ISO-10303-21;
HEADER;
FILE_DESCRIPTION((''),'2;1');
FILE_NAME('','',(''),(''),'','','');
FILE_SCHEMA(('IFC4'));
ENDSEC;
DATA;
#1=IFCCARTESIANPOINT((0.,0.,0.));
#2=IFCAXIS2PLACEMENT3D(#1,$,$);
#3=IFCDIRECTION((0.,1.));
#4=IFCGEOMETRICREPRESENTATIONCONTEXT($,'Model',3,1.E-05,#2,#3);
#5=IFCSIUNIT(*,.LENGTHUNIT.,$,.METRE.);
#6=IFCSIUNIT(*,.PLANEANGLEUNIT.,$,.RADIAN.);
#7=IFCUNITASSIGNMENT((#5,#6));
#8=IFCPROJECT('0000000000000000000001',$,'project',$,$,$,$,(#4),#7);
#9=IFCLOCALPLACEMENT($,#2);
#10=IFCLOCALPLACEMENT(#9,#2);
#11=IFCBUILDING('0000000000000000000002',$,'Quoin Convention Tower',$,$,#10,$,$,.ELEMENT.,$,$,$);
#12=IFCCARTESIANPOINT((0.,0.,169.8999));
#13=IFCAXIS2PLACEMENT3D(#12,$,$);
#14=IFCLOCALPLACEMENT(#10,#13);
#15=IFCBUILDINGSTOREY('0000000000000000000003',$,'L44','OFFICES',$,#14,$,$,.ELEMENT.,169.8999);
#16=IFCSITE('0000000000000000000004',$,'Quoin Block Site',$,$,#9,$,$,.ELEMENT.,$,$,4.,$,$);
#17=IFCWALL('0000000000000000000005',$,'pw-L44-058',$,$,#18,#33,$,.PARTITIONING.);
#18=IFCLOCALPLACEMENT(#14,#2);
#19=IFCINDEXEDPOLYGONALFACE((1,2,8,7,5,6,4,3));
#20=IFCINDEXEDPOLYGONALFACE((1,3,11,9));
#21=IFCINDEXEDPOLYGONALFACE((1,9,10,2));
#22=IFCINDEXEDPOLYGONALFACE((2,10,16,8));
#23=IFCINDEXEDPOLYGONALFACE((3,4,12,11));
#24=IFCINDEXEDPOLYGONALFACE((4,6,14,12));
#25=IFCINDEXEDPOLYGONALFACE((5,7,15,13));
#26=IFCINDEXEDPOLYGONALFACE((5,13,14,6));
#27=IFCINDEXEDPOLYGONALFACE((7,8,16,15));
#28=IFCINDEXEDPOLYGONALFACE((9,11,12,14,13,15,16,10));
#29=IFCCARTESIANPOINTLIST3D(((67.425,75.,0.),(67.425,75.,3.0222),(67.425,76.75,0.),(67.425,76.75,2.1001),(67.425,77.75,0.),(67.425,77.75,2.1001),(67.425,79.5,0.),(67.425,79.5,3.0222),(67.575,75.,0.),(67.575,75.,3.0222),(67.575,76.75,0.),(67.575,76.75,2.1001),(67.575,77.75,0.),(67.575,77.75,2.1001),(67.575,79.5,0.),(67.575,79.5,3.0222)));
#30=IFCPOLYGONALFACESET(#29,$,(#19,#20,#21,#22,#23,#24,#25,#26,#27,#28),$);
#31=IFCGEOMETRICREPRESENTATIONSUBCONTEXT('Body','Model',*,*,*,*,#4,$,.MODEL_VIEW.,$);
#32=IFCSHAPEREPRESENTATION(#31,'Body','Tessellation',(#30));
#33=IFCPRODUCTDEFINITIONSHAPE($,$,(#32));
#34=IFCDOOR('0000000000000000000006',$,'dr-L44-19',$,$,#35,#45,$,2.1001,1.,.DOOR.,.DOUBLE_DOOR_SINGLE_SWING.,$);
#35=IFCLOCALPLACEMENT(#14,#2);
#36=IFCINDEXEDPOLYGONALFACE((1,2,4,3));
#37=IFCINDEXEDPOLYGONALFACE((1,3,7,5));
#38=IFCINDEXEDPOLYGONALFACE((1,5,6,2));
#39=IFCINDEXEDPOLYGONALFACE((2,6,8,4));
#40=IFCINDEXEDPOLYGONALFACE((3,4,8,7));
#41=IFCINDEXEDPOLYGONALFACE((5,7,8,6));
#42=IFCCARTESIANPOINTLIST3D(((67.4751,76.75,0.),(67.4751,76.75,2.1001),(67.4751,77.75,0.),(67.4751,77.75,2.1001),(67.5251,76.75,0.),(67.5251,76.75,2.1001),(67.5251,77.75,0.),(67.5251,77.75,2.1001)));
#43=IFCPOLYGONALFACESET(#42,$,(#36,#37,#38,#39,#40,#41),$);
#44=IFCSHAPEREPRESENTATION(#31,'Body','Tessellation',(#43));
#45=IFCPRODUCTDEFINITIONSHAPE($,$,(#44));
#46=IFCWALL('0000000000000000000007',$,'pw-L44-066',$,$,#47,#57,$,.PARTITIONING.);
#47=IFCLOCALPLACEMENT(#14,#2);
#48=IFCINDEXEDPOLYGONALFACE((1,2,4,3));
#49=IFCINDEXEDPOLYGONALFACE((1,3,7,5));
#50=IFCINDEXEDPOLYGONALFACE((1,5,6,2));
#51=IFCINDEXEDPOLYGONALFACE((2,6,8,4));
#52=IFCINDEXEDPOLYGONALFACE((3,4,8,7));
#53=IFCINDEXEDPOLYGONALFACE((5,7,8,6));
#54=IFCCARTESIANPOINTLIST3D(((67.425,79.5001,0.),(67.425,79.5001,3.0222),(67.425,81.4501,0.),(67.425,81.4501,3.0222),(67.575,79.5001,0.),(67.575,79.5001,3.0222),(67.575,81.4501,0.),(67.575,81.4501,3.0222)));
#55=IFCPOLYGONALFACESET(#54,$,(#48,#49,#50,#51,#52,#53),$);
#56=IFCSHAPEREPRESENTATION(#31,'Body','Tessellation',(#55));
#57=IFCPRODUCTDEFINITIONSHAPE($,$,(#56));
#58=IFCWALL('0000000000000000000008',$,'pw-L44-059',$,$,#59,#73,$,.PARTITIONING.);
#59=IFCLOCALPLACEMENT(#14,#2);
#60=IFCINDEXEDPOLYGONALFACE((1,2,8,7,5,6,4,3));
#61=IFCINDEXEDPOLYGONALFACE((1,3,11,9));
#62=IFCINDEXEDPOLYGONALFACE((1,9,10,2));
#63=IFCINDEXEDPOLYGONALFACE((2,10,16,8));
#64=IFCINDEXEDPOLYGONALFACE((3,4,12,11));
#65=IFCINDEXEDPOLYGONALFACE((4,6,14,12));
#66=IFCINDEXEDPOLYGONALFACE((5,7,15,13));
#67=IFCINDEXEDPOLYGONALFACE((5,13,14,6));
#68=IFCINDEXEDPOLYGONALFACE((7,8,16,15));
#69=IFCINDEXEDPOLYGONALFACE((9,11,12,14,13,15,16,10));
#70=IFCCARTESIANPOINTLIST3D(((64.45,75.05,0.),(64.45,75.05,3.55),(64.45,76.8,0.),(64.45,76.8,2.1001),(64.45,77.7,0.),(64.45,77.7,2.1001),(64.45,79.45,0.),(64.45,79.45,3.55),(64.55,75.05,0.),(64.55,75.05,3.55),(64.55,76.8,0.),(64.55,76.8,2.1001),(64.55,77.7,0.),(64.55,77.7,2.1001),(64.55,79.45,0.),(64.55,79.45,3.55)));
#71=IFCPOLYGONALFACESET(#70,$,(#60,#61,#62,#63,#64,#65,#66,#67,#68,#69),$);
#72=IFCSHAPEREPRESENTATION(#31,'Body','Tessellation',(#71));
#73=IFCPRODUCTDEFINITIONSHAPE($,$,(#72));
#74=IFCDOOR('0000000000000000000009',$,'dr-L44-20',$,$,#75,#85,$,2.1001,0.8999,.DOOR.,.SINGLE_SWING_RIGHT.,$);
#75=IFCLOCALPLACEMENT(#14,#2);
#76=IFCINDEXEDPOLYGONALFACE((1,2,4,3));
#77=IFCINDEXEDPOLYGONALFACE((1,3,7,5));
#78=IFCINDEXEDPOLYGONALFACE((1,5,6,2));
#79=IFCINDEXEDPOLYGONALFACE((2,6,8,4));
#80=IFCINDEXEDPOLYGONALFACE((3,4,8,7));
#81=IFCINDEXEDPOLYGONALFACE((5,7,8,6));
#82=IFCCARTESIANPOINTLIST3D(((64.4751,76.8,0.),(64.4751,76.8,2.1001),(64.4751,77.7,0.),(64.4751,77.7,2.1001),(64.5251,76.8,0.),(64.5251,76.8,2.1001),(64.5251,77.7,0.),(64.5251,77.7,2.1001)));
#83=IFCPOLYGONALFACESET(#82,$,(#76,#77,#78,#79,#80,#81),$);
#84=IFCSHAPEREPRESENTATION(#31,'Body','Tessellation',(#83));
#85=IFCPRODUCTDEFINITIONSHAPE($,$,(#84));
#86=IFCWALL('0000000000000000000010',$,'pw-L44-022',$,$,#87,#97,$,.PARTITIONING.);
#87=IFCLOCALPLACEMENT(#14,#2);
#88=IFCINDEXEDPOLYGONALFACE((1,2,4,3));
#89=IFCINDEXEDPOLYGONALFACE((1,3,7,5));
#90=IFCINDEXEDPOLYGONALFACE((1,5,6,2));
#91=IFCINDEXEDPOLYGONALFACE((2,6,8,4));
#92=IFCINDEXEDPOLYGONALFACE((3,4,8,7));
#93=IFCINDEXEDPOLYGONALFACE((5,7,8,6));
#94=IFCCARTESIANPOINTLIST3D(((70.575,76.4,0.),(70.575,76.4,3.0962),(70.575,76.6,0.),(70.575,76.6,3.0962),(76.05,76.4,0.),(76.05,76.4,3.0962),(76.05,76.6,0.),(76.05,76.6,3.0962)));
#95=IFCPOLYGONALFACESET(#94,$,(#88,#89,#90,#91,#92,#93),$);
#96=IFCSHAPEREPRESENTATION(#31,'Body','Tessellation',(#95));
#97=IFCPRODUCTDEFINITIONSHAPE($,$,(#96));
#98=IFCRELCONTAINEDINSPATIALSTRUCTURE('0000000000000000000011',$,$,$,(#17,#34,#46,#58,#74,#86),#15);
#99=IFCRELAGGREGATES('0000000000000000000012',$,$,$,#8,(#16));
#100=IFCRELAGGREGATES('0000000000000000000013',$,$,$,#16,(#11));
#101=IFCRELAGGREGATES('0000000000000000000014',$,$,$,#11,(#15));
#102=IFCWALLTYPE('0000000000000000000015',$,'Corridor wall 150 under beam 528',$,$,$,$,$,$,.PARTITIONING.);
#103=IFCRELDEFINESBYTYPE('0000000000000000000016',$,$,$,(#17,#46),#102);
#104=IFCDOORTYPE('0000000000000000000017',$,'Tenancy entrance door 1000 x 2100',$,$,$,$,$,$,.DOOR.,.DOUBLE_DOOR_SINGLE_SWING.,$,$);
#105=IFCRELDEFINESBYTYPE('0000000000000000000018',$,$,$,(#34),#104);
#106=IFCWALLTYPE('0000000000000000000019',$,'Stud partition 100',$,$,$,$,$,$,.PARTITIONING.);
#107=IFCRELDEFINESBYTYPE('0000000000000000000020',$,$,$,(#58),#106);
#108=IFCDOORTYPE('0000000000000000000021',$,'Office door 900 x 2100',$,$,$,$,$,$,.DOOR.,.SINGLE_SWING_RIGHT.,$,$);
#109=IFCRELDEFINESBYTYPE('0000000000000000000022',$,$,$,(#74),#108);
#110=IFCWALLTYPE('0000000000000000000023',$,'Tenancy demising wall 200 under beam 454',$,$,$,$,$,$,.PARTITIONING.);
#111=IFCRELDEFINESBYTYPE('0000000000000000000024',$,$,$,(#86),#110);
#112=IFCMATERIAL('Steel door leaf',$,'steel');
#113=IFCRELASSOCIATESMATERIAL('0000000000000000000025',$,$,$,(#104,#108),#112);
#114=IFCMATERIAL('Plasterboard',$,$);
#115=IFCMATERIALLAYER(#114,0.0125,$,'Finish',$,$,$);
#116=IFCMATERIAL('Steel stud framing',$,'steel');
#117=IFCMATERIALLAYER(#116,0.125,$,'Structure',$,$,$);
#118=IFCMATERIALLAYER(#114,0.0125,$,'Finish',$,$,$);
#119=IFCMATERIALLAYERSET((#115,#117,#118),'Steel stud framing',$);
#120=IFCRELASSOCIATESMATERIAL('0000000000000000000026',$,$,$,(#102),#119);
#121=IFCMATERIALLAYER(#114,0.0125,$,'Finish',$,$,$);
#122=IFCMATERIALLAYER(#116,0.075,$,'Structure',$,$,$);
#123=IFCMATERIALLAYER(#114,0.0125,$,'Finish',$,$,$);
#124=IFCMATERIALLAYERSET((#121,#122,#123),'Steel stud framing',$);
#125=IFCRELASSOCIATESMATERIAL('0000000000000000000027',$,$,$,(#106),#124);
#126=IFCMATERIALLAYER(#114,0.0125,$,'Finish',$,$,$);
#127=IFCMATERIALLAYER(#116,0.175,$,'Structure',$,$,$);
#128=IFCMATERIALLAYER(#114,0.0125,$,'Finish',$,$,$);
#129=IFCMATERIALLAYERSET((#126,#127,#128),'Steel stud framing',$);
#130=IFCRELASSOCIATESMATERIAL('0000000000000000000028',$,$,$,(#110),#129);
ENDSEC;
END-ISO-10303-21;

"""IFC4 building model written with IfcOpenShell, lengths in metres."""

from ifc_helpers import new_model, si_unit, direction, frame, frame_2d, origin, place, context, subcontext, project, spatial, rectangle, extrude, material, layer, layer_set, type_object, element, fill, save


model = new_model("IFC4")

# Units and contexts
model_context = context("Model", 3, precision=1e-05, world=origin(), true_north=direction((0.0, 1.0)))
body_context = subcontext(model_context, "Body", "Model", "MODEL_VIEW")
ifc_project = project(units=[si_unit("LENGTHUNIT", "METRE"), si_unit("PLANEANGLEUNIT", "RADIAN")], contexts=[model_context])

# Site, building, storey
site_placement = place(None, origin())
site = spatial("IfcSite", under=ifc_project, at=site_placement, Name="Quoin Block Site", CompositionType="ELEMENT", RefElevation=4.0)
building_placement = place(site_placement, origin())
building = spatial("IfcBuilding", under=site, at=building_placement, Name="Quoin Convention Tower", CompositionType="ELEMENT")
storey_placement = place(building_placement, frame((0.0, 0.0, 169.8999)))
storey = spatial("IfcBuildingStorey", under=building, at=storey_placement, Name="L44", Description="OFFICES", CompositionType="ELEMENT", Elevation=169.8999)

# Wall, opening, door
ifc_material_1 = material(Name="Plasterboard")
ifc_material_2 = material(Name="Steel stud framing", Category="steel")
ifc_material_3 = material(Name="Steel door leaf", Category="steel")
door_type_1 = type_object("IfcDoorType", Name="Tenancy entrance door 1000 x 2100", OperationType="DOUBLE_DOOR_SINGLE_SWING", PredefinedType="DOOR", material=ifc_material_3)
ifc_layer_1 = layer(ifc_material_1, 0.0125, Name="Finish")
ifc_layer_2 = layer(ifc_material_2, 0.125, Name="Structure")
ifc_layer_3 = layer(ifc_material_1, 0.0125, Name="Finish")
ifc_layer_set_1 = layer_set([ifc_layer_1, ifc_layer_2, ifc_layer_3], Name="Steel stud framing")
wall_type_1 = type_object("IfcWallType", Name="Corridor wall 150 under beam 528", PredefinedType="PARTITIONING", material=ifc_layer_set_1)
wall_1_placement = place(storey_placement, frame((67.5, 75.0, 0.0), z_axis=(0.0, 0.0, 1.0), x_axis=(0.0, 1.0, 0.0)))
wall_1 = element("IfcWall", 1, at=wall_1_placement, inside=storey, type_object=wall_type_1, Name="pw-L44-058", PredefinedType="PARTITIONING", context=body_context, shape_type="SweptSolid", body=[
    extrude(rectangle(XDim=4.5, YDim=0.1499, at=frame_2d((2.25, 0.0))), origin(), (0.0, 0.0, 1.0), 3.0222),
])
opening_1_placement = place(wall_1_placement, frame((1.75, 0.0, 0.0)))
opening_1 = element("IfcOpeningElement", 2, at=opening_1_placement, cuts=wall_1, PredefinedType="OPENING", context=body_context, shape_type="SweptSolid", body=[
    extrude(rectangle(XDim=1.0, YDim=2.1001, at=frame_2d((0.5, 1.05))), frame((0.0, 0.085, 0.0), z_axis=(0.0, -1.0, 0.0), x_axis=(1.0, 0.0, 0.0)), (0.0, 0.0, 1.0), 0.1699),
])
door_1_placement = place(opening_1_placement, origin())
door_1 = element("IfcDoor", 3, at=door_1_placement, inside=storey, type_object=door_type_1, Name="dr-L44-19", OperationType="DOUBLE_DOOR_SINGLE_SWING", OverallHeight=2.1001, OverallWidth=1.0, PredefinedType="DOOR", context=body_context, shape_type="SweptSolid", body=[
    extrude(rectangle(XDim=1.0, YDim=2.1001, at=frame_2d((0.5, 1.05))), frame((0.0, 0.0249, 0.0), z_axis=(0.0, -1.0, 0.0), x_axis=(1.0, 0.0, 0.0)), (0.0, 0.0, 1.0), 0.05),
])
fill(opening_1, door_1)

# Wall
wall_2_placement = place(storey_placement, frame((67.5, 79.5, 0.0), z_axis=(0.0, 0.0, 1.0), x_axis=(0.0, 1.0, 0.0)))
element("IfcWall", 4, at=wall_2_placement, inside=storey, type_object=wall_type_1, Name="pw-L44-066", PredefinedType="PARTITIONING", context=body_context, shape_type="SweptSolid", body=[
    extrude(rectangle(XDim=1.95, YDim=0.1499, at=frame_2d((0.9751, 0.0))), origin(), (0.0, 0.0, 1.0), 3.0222),
])

# Wall, opening, door
ifc_layer_4 = layer(ifc_material_1, 0.0125, Name="Finish")
ifc_layer_5 = layer(ifc_material_2, 0.075, Name="Structure")
ifc_layer_6 = layer(ifc_material_1, 0.0125, Name="Finish")
ifc_layer_set_2 = layer_set([ifc_layer_4, ifc_layer_5, ifc_layer_6], Name="Steel stud framing")
wall_type_2 = type_object("IfcWallType", Name="Stud partition 100", PredefinedType="PARTITIONING", material=ifc_layer_set_2)
wall_3_placement = place(storey_placement, frame((64.5, 75.05, 0.0), z_axis=(0.0, 0.0, 1.0), x_axis=(0.0, 1.0, 0.0)))
wall_3 = element("IfcWall", 5, at=wall_3_placement, inside=storey, type_object=wall_type_2, Name="pw-L44-059", PredefinedType="PARTITIONING", context=body_context, shape_type="SweptSolid", body=[
    extrude(rectangle(XDim=4.3999, YDim=0.1001, at=frame_2d((2.2, 0.0))), origin(), (0.0, 0.0, 1.0), 3.55),
])
opening_2_placement = place(wall_3_placement, frame((1.75, 0.0, 0.0)))
opening_2 = element("IfcOpeningElement", 6, at=opening_2_placement, cuts=wall_3, PredefinedType="OPENING", context=body_context, shape_type="SweptSolid", body=[
    extrude(rectangle(XDim=0.8999, YDim=2.1001, at=frame_2d((0.45, 1.05))), frame((0.0, 0.0601, 0.0), z_axis=(0.0, -1.0, 0.0), x_axis=(1.0, 0.0, 0.0)), (0.0, 0.0, 1.0), 0.1201),
])
door_type_2 = type_object("IfcDoorType", Name="Office door 900 x 2100", OperationType="SINGLE_SWING_RIGHT", PredefinedType="DOOR", material=ifc_material_3)
door_2_placement = place(opening_2_placement, origin())
door_2 = element("IfcDoor", 7, at=door_2_placement, inside=storey, type_object=door_type_2, Name="dr-L44-20", OperationType="SINGLE_SWING_RIGHT", OverallHeight=2.1001, OverallWidth=0.8999, PredefinedType="DOOR", context=body_context, shape_type="SweptSolid", body=[
    extrude(rectangle(XDim=0.8999, YDim=2.1001, at=frame_2d((0.45, 1.05))), frame((0.0, 0.0249, 0.0), z_axis=(0.0, -1.0, 0.0), x_axis=(1.0, 0.0, 0.0)), (0.0, 0.0, 1.0), 0.05),
])
fill(opening_2, door_2)

# Wall
ifc_layer_7 = layer(ifc_material_1, 0.0125, Name="Finish")
ifc_layer_8 = layer(ifc_material_2, 0.175, Name="Structure")
ifc_layer_9 = layer(ifc_material_1, 0.0125, Name="Finish")
ifc_layer_set_3 = layer_set([ifc_layer_7, ifc_layer_8, ifc_layer_9], Name="Steel stud framing")
wall_type_3 = type_object("IfcWallType", Name="Tenancy demising wall 200 under beam 454", PredefinedType="PARTITIONING", material=ifc_layer_set_3)
wall_4_placement = place(storey_placement, frame((70.575, 76.5, 0.0), z_axis=(0.0, 0.0, 1.0), x_axis=(1.0, 0.0, 0.0)))
element("IfcWall", 8, at=wall_4_placement, inside=storey, type_object=wall_type_3, Name="pw-L44-022", PredefinedType="PARTITIONING", context=body_context, shape_type="SweptSolid", body=[
    extrude(rectangle(XDim=5.4751, YDim=0.2, at=frame_2d((2.7375, 0.0))), origin(), (0.0, 0.0, 1.0), 3.0962),
])

save(model, "model.ifc")
